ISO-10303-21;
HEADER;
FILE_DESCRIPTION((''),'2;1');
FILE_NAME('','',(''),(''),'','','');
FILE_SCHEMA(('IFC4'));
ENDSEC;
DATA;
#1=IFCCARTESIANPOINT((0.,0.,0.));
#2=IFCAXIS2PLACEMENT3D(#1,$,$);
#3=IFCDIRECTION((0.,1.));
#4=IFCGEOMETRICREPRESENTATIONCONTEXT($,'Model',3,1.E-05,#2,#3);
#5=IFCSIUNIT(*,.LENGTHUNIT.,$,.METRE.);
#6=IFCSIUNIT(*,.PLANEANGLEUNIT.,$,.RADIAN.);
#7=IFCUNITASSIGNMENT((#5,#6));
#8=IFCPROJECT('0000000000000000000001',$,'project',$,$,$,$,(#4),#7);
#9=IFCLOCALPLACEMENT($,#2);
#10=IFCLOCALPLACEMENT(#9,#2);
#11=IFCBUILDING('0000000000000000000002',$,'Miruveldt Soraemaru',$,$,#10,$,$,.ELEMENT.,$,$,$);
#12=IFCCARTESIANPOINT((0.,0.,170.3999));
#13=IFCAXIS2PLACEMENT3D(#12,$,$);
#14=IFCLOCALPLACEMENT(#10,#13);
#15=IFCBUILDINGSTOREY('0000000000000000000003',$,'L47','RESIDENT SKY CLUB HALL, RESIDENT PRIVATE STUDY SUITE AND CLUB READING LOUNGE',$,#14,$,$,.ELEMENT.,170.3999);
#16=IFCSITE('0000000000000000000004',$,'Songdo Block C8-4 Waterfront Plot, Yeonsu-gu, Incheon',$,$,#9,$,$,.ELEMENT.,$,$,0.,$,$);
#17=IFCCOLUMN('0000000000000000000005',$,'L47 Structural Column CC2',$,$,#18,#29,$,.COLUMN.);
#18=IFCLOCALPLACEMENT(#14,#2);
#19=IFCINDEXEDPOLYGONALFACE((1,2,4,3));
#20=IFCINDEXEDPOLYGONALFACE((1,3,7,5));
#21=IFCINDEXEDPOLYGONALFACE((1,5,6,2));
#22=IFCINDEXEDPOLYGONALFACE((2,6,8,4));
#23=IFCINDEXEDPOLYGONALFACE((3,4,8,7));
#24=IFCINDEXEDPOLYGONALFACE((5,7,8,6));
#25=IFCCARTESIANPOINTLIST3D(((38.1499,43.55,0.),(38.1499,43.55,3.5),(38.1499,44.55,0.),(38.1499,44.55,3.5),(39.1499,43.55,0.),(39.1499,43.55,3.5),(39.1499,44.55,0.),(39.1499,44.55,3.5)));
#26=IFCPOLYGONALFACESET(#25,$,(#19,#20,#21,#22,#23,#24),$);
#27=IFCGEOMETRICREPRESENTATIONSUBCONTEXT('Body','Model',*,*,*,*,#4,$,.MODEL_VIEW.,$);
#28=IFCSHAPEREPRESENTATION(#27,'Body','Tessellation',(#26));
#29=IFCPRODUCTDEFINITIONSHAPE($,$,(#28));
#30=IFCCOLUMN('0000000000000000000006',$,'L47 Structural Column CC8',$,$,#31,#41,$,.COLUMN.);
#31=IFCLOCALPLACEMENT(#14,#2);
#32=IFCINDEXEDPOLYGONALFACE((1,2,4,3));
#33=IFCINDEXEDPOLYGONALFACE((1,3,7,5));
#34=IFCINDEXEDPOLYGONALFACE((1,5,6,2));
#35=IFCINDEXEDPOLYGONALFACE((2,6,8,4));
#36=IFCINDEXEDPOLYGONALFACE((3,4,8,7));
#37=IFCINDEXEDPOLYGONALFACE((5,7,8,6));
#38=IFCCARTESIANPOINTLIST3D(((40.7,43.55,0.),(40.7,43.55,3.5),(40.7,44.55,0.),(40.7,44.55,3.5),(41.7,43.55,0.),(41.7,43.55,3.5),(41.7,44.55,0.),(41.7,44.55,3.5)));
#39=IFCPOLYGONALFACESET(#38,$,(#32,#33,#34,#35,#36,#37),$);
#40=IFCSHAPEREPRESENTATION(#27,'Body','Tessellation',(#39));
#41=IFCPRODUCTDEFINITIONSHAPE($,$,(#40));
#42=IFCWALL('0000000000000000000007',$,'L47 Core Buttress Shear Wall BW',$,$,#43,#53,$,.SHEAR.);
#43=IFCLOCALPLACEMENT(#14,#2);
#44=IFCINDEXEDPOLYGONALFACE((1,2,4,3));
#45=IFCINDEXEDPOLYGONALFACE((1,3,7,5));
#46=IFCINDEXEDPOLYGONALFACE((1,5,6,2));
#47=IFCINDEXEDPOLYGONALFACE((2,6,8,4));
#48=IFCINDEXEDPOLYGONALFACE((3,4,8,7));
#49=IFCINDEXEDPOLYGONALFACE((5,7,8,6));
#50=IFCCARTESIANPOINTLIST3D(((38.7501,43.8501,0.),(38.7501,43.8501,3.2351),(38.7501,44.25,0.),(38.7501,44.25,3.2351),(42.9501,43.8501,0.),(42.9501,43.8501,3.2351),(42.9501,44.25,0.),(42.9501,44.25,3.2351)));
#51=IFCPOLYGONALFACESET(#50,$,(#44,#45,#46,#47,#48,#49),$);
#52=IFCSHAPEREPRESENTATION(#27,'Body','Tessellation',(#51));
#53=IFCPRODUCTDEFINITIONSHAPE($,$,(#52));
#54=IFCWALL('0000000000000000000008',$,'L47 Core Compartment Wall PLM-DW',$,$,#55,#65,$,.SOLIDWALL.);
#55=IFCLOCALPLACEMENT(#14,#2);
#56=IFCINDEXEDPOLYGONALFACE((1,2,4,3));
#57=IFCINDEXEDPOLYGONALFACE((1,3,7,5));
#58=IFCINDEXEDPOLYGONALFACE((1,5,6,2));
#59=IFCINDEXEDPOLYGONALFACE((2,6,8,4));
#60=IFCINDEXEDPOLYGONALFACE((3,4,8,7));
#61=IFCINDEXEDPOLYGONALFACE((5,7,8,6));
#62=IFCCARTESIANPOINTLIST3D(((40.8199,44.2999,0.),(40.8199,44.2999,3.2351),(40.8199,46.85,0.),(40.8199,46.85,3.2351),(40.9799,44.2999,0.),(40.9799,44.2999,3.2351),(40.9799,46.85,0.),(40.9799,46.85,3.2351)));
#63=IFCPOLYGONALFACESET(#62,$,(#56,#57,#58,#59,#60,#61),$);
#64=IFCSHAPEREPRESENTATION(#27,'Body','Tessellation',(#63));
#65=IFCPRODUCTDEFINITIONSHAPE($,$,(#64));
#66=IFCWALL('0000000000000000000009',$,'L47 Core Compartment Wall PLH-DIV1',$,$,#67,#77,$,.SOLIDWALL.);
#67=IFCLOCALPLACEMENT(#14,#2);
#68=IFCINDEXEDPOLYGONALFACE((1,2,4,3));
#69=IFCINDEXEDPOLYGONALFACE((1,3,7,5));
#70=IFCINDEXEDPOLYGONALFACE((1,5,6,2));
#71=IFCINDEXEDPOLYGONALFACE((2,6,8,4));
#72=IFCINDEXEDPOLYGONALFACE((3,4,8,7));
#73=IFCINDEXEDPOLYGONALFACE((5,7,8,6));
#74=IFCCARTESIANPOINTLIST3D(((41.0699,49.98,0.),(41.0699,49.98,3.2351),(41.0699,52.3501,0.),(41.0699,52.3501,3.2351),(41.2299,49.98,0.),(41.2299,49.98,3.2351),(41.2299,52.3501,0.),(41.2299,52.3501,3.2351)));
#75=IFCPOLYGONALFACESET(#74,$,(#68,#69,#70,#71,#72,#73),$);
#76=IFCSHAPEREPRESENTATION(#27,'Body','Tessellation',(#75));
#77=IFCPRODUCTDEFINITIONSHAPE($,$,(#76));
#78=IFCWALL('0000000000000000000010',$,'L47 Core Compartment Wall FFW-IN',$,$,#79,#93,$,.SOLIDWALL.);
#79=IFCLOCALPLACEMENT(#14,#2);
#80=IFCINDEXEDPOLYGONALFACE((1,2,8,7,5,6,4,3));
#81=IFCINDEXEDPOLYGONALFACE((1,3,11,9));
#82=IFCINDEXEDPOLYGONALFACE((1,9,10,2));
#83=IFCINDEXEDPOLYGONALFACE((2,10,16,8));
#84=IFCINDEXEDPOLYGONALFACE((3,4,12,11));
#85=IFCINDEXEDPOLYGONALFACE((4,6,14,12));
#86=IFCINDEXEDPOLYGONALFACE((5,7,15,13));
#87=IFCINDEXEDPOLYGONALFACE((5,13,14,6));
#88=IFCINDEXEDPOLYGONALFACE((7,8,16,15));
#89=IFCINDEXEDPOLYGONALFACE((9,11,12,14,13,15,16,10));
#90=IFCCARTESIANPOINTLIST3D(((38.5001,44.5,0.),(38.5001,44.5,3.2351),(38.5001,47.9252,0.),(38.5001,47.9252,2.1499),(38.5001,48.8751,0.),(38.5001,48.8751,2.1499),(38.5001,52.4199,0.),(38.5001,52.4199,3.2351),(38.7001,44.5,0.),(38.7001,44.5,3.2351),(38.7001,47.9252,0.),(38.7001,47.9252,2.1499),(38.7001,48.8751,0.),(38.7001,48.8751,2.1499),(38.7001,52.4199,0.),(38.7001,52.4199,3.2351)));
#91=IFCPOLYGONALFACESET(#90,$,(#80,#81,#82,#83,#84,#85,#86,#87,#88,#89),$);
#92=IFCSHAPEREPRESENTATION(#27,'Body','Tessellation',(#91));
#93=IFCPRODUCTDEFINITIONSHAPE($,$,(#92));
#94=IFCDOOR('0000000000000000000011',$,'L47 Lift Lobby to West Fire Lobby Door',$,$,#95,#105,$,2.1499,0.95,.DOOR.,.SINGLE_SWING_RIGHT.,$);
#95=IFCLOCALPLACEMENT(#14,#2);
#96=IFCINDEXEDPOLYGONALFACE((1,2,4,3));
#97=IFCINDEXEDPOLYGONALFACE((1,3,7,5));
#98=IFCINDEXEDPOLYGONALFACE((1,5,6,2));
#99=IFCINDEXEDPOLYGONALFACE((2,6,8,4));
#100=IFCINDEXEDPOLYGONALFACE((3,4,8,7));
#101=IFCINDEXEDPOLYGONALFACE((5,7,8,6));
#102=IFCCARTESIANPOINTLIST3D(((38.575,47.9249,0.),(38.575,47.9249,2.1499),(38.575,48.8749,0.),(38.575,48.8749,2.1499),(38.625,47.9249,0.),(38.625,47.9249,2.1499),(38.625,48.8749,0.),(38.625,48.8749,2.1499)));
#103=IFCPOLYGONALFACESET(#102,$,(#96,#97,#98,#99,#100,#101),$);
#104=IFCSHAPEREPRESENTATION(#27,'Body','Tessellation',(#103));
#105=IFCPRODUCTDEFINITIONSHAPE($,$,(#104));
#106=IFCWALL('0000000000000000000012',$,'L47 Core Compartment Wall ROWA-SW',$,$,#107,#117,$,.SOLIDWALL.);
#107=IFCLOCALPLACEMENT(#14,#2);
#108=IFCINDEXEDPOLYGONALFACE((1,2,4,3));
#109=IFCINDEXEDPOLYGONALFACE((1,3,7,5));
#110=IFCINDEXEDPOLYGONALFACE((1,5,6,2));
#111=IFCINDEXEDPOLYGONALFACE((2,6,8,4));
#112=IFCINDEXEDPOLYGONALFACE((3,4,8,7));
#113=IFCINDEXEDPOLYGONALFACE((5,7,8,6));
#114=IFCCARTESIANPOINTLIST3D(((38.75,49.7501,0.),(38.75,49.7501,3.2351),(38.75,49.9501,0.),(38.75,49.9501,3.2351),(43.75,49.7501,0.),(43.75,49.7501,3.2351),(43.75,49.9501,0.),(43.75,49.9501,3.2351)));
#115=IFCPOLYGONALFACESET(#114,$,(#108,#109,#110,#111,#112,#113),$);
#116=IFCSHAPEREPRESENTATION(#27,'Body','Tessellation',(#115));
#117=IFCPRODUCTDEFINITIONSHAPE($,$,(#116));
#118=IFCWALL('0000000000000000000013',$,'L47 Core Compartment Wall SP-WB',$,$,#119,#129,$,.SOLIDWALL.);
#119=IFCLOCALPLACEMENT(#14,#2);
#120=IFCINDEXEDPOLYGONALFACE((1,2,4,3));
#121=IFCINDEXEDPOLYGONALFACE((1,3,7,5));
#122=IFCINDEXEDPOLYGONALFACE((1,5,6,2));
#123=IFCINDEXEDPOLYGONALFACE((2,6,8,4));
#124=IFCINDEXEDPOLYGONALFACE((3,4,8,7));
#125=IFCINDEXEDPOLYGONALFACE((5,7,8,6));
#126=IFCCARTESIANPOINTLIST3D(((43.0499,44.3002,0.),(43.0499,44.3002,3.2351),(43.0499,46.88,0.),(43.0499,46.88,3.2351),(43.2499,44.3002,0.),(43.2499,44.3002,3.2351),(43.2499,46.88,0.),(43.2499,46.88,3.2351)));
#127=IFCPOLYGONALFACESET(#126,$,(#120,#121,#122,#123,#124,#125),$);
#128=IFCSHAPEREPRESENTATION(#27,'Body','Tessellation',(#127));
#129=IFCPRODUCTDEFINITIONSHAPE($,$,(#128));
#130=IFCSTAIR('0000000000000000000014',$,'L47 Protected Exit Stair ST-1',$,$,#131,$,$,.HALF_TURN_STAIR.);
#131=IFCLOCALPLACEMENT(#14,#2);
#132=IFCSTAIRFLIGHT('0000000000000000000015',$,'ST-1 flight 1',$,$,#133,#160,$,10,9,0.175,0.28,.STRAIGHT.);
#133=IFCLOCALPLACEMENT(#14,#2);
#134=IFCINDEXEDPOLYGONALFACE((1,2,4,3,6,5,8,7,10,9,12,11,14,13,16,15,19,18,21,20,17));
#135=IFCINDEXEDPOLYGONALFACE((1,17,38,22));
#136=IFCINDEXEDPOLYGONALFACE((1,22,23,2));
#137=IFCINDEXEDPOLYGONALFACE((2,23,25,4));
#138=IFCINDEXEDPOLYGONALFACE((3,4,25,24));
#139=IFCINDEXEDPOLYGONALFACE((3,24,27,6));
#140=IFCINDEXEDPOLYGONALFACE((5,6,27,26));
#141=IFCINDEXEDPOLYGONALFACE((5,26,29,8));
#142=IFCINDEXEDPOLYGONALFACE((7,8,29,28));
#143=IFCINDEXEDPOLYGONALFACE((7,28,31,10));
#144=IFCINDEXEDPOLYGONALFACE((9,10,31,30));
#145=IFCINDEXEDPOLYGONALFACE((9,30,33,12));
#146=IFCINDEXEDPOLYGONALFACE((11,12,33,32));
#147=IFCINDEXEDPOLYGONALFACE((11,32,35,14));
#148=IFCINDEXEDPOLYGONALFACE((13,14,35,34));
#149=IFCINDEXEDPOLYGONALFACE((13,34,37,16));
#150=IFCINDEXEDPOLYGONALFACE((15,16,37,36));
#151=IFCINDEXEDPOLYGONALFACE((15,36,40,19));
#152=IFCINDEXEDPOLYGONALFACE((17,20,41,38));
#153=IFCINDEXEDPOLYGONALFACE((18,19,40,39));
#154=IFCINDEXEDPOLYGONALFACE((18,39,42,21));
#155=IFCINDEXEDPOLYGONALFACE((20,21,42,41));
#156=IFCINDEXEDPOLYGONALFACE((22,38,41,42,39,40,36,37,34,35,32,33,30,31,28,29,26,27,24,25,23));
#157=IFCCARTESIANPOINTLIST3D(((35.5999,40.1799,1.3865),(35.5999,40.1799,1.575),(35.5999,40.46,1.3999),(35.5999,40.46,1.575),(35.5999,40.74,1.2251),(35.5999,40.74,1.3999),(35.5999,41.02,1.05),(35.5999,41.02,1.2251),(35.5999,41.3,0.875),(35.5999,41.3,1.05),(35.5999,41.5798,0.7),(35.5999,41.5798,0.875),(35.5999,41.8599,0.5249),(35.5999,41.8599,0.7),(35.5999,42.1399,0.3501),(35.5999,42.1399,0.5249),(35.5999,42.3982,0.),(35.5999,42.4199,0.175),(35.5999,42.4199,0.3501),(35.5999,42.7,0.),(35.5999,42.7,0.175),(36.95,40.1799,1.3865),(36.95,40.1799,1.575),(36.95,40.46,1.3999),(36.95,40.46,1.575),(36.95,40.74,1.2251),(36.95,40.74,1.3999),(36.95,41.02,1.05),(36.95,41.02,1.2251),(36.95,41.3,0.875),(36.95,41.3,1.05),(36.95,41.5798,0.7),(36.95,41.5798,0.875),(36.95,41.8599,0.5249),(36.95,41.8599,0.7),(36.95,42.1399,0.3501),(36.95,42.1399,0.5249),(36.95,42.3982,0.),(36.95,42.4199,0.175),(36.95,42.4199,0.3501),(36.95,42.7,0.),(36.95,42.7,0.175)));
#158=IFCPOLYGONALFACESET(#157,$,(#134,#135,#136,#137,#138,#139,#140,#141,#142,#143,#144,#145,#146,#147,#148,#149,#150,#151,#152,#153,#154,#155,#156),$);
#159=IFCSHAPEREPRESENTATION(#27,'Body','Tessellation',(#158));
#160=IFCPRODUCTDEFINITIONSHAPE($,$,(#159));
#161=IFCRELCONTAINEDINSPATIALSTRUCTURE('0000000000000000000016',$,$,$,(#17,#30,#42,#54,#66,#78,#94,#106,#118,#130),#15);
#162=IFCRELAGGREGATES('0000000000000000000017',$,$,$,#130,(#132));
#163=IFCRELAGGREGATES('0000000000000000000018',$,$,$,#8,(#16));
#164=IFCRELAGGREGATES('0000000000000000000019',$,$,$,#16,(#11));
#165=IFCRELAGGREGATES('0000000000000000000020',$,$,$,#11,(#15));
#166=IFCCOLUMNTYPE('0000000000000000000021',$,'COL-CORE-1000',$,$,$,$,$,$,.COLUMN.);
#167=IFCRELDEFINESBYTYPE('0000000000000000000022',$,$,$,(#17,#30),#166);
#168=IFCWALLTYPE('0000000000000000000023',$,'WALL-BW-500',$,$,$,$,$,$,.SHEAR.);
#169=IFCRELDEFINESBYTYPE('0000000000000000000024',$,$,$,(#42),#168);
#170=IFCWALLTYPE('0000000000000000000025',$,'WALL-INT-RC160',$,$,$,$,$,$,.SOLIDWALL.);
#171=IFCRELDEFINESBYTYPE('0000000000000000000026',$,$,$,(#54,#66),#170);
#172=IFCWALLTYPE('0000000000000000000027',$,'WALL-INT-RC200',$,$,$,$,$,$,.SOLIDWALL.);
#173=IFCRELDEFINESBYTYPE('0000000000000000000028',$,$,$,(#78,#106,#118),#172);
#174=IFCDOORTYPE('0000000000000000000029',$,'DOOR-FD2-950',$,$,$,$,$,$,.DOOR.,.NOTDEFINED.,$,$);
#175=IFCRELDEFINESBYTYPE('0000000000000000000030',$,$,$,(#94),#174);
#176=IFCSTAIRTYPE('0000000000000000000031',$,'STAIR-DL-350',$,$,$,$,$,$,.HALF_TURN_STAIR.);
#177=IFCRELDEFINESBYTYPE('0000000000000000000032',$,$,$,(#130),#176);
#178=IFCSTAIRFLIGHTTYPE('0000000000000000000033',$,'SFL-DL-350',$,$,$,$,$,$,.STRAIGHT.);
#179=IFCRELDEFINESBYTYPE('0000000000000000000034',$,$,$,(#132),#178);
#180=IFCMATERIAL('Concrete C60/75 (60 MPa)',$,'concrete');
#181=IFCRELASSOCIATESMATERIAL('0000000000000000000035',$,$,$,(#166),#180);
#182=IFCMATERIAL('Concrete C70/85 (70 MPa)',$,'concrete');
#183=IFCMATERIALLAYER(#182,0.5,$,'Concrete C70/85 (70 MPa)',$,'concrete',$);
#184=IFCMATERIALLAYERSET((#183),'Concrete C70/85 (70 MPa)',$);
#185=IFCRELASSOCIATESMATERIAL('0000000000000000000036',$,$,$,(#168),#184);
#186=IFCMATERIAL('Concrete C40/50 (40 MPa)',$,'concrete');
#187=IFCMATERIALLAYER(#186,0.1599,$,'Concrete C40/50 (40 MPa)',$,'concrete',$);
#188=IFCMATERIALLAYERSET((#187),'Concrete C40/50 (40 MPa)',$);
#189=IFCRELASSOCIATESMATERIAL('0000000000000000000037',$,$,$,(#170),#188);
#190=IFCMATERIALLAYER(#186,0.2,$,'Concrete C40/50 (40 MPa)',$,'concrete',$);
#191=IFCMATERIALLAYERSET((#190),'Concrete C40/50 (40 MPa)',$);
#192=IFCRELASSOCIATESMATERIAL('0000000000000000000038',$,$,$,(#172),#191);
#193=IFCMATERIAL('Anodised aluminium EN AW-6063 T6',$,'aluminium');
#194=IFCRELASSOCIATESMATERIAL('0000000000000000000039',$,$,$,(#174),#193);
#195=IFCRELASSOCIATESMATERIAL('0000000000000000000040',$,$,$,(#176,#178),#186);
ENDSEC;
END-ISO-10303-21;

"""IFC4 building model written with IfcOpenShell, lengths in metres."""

from ifc_helpers import new_model, si_unit, direction, frame, frame_2d, origin, origin_2d, place, context, subcontext, project, spatial, polyline, rectangle, outline, extrude, material, layer, layer_set, material_profile, profile_set, type_object, element, fill, aggregate, save


model = new_model("IFC4")

# Units and contexts
model_context = context("Model", 3, precision=1e-05, world=origin(), true_north=direction((0.0, 1.0)))
body_context = subcontext(model_context, "Body", "Model", "MODEL_VIEW")
ifc_project = project(units=[si_unit("LENGTHUNIT", "METRE"), si_unit("PLANEANGLEUNIT", "RADIAN")], contexts=[model_context])

# Site, building, storey
site_placement = place(None, origin())
site = spatial("IfcSite", under=ifc_project, at=site_placement, Name="Songdo Block C8-4 Waterfront Plot, Yeonsu-gu, Incheon", CompositionType="ELEMENT", RefElevation=0.0)
building_placement = place(site_placement, origin())
building = spatial("IfcBuilding", under=site, at=building_placement, Name="Miruveldt Soraemaru", CompositionType="ELEMENT")
storey_placement = place(building_placement, frame((0.0, 0.0, 170.3999)))
storey = spatial("IfcBuildingStorey", under=building, at=storey_placement, Name="L47", Description="RESIDENT SKY CLUB HALL, RESIDENT PRIVATE STUDY SUITE AND CLUB READING LOUNGE", CompositionType="ELEMENT", Elevation=170.3999)

# Columns
ifc_material_1 = material(Name="Concrete C60/75 (60 MPa)", Category="concrete")
ifc_material_profile = material_profile(ifc_material_1, rectangle(XDim=1.0, YDim=1.0, at=origin_2d()), Name="Concrete C60/75 (60 MPa)", Category="concrete")
ifc_profile_set = profile_set([ifc_material_profile], Name="Concrete C60/75 (60 MPa)")
column_type = type_object("IfcColumnType", Name="COL-CORE-1000", PredefinedType="COLUMN", material=ifc_profile_set)
for number, where, z_axis, x_axis, name in (
    (1, (38.6499, 44.05, 0.0), (0.0, 0.0, 1.0), (1.0, 0.0, 0.0), "L47 Structural Column CC2"),
    (2, (41.2, 44.05, 0.0), (0.0, 0.0, 1.0), (1.0, 0.0, 0.0), "L47 Structural Column CC8"),
):
    element("IfcColumn", number, at=place(storey_placement, frame(where, z_axis=z_axis, x_axis=x_axis)), inside=storey, type_object=column_type, Name=name, PredefinedType="COLUMN", context=body_context, shape_type="SweptSolid", body=[
        extrude(rectangle(XDim=1.0, YDim=1.0, at=origin_2d()), origin(), (0.0, 0.0, 1.0), 3.5),
    ])

# Walls
ifc_material_2 = material(Name="Concrete C70/85 (70 MPa)", Category="concrete")
ifc_layer_1 = layer(ifc_material_2, 0.5, Name="Concrete C70/85 (70 MPa)", Category="concrete")
ifc_layer_set_1 = layer_set([ifc_layer_1], Name="Concrete C70/85 (70 MPa)")
wall_type_1 = type_object("IfcWallType", Name="WALL-BW-500", PredefinedType="SHEAR", material=ifc_layer_set_1)
wall_1_placement = place(storey_placement, frame((38.75, 44.05, 0.0), z_axis=(0.0, 0.0, 1.0), x_axis=(1.0, 0.0, 0.0)))
element("IfcWall", 3, at=wall_1_placement, inside=storey, type_object=wall_type_1, Name="L47 Core Buttress Shear Wall BW", PredefinedType="SHEAR", context=body_context, shape_type="SweptSolid", body=[
    extrude(rectangle(XDim=4.2, YDim=0.3999, at=frame_2d((2.1001, 0.0))), origin(), (0.0, 0.0, 1.0), 3.2351),
])
ifc_material_3 = material(Name="Concrete C40/50 (40 MPa)", Category="concrete")
ifc_layer_2 = layer(ifc_material_3, 0.1599, Name="Concrete C40/50 (40 MPa)", Category="concrete")
ifc_layer_set_2 = layer_set([ifc_layer_2], Name="Concrete C40/50 (40 MPa)")
wall_type_2 = type_object("IfcWallType", Name="WALL-INT-RC160", PredefinedType="SOLIDWALL", material=ifc_layer_set_2)
wall_2_placement = place(storey_placement, frame((40.8999, 44.3, 0.0), z_axis=(0.0, 0.0, 1.0), x_axis=(0.0, 1.0, 0.0)))
element("IfcWall", 4, at=wall_2_placement, inside=storey, type_object=wall_type_2, Name="L47 Core Compartment Wall PLM-DW", PredefinedType="SOLIDWALL", context=body_context, shape_type="SweptSolid", body=[
    extrude(rectangle(XDim=2.55, YDim=0.1599, at=frame_2d((1.2749, 0.0))), origin(), (0.0, 0.0, 1.0), 3.2351),
])
wall_3_placement = place(storey_placement, frame((41.1499, 49.98, 0.0), z_axis=(0.0, 0.0, 1.0), x_axis=(0.0, 1.0, 0.0)))
element("IfcWall", 5, at=wall_3_placement, inside=storey, type_object=wall_type_2, Name="L47 Core Compartment Wall PLH-DIV1", PredefinedType="SOLIDWALL", context=body_context, shape_type="SweptSolid", body=[
    extrude(rectangle(XDim=2.3701, YDim=0.1599, at=frame_2d((1.1851, 0.0))), origin(), (0.0, 0.0, 1.0), 3.2351),
])

# Wall, opening, door
ifc_layer_3 = layer(ifc_material_3, 0.2, Name="Concrete C40/50 (40 MPa)", Category="concrete")
ifc_layer_set_3 = layer_set([ifc_layer_3], Name="Concrete C40/50 (40 MPa)")
wall_type_3 = type_object("IfcWallType", Name="WALL-INT-RC200", PredefinedType="SOLIDWALL", material=ifc_layer_set_3)
wall_4_placement = place(storey_placement, frame((38.6001, 44.5, 0.0), z_axis=(0.0, 0.0, 1.0), x_axis=(0.0, 1.0, 0.0)))
wall_4 = element("IfcWall", 6, at=wall_4_placement, inside=storey, type_object=wall_type_3, Name="L47 Core Compartment Wall FFW-IN", PredefinedType="SOLIDWALL", context=body_context, shape_type="SweptSolid", body=[
    extrude(rectangle(XDim=7.9199, YDim=0.2, at=frame_2d((3.96, 0.0))), origin(), (0.0, 0.0, 1.0), 3.2351),
])
opening_1_placement = place(wall_4_placement, frame((3.425, 0.0, 0.0)))
opening_1 = element("IfcOpeningElement", 7, at=opening_1_placement, cuts=wall_4, PredefinedType="OPENING", context=body_context, shape_type="SweptSolid", body=[
    extrude(rectangle(XDim=0.95, YDim=2.1499, at=frame_2d((0.4751, 1.075))), frame((0.0, 0.1099, 0.0), z_axis=(0.0, -1.0, 0.0), x_axis=(1.0, 0.0, 0.0)), (0.0, 0.0, 1.0), 0.22),
])
ifc_material_4 = material(Name="Anodised aluminium EN AW-6063 T6", Category="aluminium")
door_type_1 = type_object("IfcDoorType", Name="DOOR-FD2-950", OperationType="NOTDEFINED", PredefinedType="DOOR", material=ifc_material_4)
door_1_placement = place(opening_1_placement, frame((0.95, 0.0, 0.0), z_axis=(0.0, 0.0, 1.0), x_axis=(-1.0, 0.0, 0.0)))
door_1 = element("IfcDoor", 8, at=door_1_placement, inside=storey, type_object=door_type_1, Name="L47 Lift Lobby to West Fire Lobby Door", OperationType="SINGLE_SWING_RIGHT", OverallHeight=2.1499, OverallWidth=0.95, PredefinedType="DOOR", context=body_context, shape_type="SweptSolid", body=[
    extrude(rectangle(XDim=0.95, YDim=2.1499, at=frame_2d((0.4751, 1.075))), frame((0.0, 0.0249, 0.0), z_axis=(0.0, -1.0, 0.0), x_axis=(1.0, 0.0, 0.0)), (0.0, 0.0, 1.0), 0.05),
])
fill(opening_1, door_1)

# Walls
wall_5_placement = place(storey_placement, frame((38.75, 49.8501, 0.0), z_axis=(0.0, 0.0, 1.0), x_axis=(1.0, 0.0, 0.0)))
element("IfcWall", 9, at=wall_5_placement, inside=storey, type_object=wall_type_3, Name="L47 Core Compartment Wall ROWA-SW", PredefinedType="SOLIDWALL", context=body_context, shape_type="SweptSolid", body=[
    extrude(rectangle(XDim=5.0, YDim=0.2, at=frame_2d((2.5, 0.0))), origin(), (0.0, 0.0, 1.0), 3.2351),
])
wall_6_placement = place(storey_placement, frame((43.1499, 44.3, 0.0), z_axis=(0.0, 0.0, 1.0), x_axis=(0.0, 1.0, 0.0)))
element("IfcWall", 10, at=wall_6_placement, inside=storey, type_object=wall_type_3, Name="L47 Core Compartment Wall SP-WB", PredefinedType="SOLIDWALL", context=body_context, shape_type="SweptSolid", body=[
    extrude(rectangle(XDim=2.5798, YDim=0.2, at=frame_2d((1.29, 0.0))), origin(), (0.0, 0.0, 1.0), 3.2351),
])

# Stair, stair flight
stair_type = type_object("IfcStairType", Name="STAIR-DL-350", PredefinedType="HALF_TURN_STAIR", material=ifc_material_3)
stair_placement = place(storey_placement, origin())
stair = element("IfcStair", 11, at=stair_placement, inside=storey, type_object=stair_type, Name="L47 Protected Exit Stair ST-1", PredefinedType="HALF_TURN_STAIR")
stair_flight_type = type_object("IfcStairFlightType", Name="SFL-DL-350", PredefinedType="STRAIGHT", material=ifc_material_3)
stair_flight_placement = place(storey_placement, frame((36.2749, 42.7, 0.0), z_axis=(0.0, 0.0, 1.0), x_axis=(0.0, -1.0, 0.0)))
stair_flight = element("IfcStairFlight", 12, at=stair_flight_placement, type_object=stair_flight_type, Name="ST-1 flight 1", NumberOfRisers=10, NumberOfTreads=9, PredefinedType="STRAIGHT", RiserHeight=0.175, TreadLength=0.28, context=body_context, shape_type="SweptSolid", body=[
    extrude(outline(polyline([(0.0, 0.0), (0.0, 0.175), (0.28, 0.175), (0.28, 0.3501), (0.5601, 0.3501), (0.5601, 0.5249), (0.8401, 0.5249), (0.8401, 0.7), (1.1201, 0.7), (1.1201, 0.875), (1.3999, 0.875), (1.3999, 1.05), (1.6799, 1.05), (1.6799, 1.2251), (1.96, 1.2251), (1.96, 1.3999), (2.24, 1.3999), (2.24, 1.575), (2.52, 1.575), (2.52, 1.75), (2.52, 1.3865), (0.3018, 0.0), (0.0, 0.0)])), frame((0.0, 0.675, 0.0), z_axis=(0.0, -1.0, 0.0), x_axis=(1.0, 0.0, 0.0)), (0.0, 0.0, 1.0), 1.3501),
])
aggregate(stair, [stair_flight])

save(model, "model.ifc")
